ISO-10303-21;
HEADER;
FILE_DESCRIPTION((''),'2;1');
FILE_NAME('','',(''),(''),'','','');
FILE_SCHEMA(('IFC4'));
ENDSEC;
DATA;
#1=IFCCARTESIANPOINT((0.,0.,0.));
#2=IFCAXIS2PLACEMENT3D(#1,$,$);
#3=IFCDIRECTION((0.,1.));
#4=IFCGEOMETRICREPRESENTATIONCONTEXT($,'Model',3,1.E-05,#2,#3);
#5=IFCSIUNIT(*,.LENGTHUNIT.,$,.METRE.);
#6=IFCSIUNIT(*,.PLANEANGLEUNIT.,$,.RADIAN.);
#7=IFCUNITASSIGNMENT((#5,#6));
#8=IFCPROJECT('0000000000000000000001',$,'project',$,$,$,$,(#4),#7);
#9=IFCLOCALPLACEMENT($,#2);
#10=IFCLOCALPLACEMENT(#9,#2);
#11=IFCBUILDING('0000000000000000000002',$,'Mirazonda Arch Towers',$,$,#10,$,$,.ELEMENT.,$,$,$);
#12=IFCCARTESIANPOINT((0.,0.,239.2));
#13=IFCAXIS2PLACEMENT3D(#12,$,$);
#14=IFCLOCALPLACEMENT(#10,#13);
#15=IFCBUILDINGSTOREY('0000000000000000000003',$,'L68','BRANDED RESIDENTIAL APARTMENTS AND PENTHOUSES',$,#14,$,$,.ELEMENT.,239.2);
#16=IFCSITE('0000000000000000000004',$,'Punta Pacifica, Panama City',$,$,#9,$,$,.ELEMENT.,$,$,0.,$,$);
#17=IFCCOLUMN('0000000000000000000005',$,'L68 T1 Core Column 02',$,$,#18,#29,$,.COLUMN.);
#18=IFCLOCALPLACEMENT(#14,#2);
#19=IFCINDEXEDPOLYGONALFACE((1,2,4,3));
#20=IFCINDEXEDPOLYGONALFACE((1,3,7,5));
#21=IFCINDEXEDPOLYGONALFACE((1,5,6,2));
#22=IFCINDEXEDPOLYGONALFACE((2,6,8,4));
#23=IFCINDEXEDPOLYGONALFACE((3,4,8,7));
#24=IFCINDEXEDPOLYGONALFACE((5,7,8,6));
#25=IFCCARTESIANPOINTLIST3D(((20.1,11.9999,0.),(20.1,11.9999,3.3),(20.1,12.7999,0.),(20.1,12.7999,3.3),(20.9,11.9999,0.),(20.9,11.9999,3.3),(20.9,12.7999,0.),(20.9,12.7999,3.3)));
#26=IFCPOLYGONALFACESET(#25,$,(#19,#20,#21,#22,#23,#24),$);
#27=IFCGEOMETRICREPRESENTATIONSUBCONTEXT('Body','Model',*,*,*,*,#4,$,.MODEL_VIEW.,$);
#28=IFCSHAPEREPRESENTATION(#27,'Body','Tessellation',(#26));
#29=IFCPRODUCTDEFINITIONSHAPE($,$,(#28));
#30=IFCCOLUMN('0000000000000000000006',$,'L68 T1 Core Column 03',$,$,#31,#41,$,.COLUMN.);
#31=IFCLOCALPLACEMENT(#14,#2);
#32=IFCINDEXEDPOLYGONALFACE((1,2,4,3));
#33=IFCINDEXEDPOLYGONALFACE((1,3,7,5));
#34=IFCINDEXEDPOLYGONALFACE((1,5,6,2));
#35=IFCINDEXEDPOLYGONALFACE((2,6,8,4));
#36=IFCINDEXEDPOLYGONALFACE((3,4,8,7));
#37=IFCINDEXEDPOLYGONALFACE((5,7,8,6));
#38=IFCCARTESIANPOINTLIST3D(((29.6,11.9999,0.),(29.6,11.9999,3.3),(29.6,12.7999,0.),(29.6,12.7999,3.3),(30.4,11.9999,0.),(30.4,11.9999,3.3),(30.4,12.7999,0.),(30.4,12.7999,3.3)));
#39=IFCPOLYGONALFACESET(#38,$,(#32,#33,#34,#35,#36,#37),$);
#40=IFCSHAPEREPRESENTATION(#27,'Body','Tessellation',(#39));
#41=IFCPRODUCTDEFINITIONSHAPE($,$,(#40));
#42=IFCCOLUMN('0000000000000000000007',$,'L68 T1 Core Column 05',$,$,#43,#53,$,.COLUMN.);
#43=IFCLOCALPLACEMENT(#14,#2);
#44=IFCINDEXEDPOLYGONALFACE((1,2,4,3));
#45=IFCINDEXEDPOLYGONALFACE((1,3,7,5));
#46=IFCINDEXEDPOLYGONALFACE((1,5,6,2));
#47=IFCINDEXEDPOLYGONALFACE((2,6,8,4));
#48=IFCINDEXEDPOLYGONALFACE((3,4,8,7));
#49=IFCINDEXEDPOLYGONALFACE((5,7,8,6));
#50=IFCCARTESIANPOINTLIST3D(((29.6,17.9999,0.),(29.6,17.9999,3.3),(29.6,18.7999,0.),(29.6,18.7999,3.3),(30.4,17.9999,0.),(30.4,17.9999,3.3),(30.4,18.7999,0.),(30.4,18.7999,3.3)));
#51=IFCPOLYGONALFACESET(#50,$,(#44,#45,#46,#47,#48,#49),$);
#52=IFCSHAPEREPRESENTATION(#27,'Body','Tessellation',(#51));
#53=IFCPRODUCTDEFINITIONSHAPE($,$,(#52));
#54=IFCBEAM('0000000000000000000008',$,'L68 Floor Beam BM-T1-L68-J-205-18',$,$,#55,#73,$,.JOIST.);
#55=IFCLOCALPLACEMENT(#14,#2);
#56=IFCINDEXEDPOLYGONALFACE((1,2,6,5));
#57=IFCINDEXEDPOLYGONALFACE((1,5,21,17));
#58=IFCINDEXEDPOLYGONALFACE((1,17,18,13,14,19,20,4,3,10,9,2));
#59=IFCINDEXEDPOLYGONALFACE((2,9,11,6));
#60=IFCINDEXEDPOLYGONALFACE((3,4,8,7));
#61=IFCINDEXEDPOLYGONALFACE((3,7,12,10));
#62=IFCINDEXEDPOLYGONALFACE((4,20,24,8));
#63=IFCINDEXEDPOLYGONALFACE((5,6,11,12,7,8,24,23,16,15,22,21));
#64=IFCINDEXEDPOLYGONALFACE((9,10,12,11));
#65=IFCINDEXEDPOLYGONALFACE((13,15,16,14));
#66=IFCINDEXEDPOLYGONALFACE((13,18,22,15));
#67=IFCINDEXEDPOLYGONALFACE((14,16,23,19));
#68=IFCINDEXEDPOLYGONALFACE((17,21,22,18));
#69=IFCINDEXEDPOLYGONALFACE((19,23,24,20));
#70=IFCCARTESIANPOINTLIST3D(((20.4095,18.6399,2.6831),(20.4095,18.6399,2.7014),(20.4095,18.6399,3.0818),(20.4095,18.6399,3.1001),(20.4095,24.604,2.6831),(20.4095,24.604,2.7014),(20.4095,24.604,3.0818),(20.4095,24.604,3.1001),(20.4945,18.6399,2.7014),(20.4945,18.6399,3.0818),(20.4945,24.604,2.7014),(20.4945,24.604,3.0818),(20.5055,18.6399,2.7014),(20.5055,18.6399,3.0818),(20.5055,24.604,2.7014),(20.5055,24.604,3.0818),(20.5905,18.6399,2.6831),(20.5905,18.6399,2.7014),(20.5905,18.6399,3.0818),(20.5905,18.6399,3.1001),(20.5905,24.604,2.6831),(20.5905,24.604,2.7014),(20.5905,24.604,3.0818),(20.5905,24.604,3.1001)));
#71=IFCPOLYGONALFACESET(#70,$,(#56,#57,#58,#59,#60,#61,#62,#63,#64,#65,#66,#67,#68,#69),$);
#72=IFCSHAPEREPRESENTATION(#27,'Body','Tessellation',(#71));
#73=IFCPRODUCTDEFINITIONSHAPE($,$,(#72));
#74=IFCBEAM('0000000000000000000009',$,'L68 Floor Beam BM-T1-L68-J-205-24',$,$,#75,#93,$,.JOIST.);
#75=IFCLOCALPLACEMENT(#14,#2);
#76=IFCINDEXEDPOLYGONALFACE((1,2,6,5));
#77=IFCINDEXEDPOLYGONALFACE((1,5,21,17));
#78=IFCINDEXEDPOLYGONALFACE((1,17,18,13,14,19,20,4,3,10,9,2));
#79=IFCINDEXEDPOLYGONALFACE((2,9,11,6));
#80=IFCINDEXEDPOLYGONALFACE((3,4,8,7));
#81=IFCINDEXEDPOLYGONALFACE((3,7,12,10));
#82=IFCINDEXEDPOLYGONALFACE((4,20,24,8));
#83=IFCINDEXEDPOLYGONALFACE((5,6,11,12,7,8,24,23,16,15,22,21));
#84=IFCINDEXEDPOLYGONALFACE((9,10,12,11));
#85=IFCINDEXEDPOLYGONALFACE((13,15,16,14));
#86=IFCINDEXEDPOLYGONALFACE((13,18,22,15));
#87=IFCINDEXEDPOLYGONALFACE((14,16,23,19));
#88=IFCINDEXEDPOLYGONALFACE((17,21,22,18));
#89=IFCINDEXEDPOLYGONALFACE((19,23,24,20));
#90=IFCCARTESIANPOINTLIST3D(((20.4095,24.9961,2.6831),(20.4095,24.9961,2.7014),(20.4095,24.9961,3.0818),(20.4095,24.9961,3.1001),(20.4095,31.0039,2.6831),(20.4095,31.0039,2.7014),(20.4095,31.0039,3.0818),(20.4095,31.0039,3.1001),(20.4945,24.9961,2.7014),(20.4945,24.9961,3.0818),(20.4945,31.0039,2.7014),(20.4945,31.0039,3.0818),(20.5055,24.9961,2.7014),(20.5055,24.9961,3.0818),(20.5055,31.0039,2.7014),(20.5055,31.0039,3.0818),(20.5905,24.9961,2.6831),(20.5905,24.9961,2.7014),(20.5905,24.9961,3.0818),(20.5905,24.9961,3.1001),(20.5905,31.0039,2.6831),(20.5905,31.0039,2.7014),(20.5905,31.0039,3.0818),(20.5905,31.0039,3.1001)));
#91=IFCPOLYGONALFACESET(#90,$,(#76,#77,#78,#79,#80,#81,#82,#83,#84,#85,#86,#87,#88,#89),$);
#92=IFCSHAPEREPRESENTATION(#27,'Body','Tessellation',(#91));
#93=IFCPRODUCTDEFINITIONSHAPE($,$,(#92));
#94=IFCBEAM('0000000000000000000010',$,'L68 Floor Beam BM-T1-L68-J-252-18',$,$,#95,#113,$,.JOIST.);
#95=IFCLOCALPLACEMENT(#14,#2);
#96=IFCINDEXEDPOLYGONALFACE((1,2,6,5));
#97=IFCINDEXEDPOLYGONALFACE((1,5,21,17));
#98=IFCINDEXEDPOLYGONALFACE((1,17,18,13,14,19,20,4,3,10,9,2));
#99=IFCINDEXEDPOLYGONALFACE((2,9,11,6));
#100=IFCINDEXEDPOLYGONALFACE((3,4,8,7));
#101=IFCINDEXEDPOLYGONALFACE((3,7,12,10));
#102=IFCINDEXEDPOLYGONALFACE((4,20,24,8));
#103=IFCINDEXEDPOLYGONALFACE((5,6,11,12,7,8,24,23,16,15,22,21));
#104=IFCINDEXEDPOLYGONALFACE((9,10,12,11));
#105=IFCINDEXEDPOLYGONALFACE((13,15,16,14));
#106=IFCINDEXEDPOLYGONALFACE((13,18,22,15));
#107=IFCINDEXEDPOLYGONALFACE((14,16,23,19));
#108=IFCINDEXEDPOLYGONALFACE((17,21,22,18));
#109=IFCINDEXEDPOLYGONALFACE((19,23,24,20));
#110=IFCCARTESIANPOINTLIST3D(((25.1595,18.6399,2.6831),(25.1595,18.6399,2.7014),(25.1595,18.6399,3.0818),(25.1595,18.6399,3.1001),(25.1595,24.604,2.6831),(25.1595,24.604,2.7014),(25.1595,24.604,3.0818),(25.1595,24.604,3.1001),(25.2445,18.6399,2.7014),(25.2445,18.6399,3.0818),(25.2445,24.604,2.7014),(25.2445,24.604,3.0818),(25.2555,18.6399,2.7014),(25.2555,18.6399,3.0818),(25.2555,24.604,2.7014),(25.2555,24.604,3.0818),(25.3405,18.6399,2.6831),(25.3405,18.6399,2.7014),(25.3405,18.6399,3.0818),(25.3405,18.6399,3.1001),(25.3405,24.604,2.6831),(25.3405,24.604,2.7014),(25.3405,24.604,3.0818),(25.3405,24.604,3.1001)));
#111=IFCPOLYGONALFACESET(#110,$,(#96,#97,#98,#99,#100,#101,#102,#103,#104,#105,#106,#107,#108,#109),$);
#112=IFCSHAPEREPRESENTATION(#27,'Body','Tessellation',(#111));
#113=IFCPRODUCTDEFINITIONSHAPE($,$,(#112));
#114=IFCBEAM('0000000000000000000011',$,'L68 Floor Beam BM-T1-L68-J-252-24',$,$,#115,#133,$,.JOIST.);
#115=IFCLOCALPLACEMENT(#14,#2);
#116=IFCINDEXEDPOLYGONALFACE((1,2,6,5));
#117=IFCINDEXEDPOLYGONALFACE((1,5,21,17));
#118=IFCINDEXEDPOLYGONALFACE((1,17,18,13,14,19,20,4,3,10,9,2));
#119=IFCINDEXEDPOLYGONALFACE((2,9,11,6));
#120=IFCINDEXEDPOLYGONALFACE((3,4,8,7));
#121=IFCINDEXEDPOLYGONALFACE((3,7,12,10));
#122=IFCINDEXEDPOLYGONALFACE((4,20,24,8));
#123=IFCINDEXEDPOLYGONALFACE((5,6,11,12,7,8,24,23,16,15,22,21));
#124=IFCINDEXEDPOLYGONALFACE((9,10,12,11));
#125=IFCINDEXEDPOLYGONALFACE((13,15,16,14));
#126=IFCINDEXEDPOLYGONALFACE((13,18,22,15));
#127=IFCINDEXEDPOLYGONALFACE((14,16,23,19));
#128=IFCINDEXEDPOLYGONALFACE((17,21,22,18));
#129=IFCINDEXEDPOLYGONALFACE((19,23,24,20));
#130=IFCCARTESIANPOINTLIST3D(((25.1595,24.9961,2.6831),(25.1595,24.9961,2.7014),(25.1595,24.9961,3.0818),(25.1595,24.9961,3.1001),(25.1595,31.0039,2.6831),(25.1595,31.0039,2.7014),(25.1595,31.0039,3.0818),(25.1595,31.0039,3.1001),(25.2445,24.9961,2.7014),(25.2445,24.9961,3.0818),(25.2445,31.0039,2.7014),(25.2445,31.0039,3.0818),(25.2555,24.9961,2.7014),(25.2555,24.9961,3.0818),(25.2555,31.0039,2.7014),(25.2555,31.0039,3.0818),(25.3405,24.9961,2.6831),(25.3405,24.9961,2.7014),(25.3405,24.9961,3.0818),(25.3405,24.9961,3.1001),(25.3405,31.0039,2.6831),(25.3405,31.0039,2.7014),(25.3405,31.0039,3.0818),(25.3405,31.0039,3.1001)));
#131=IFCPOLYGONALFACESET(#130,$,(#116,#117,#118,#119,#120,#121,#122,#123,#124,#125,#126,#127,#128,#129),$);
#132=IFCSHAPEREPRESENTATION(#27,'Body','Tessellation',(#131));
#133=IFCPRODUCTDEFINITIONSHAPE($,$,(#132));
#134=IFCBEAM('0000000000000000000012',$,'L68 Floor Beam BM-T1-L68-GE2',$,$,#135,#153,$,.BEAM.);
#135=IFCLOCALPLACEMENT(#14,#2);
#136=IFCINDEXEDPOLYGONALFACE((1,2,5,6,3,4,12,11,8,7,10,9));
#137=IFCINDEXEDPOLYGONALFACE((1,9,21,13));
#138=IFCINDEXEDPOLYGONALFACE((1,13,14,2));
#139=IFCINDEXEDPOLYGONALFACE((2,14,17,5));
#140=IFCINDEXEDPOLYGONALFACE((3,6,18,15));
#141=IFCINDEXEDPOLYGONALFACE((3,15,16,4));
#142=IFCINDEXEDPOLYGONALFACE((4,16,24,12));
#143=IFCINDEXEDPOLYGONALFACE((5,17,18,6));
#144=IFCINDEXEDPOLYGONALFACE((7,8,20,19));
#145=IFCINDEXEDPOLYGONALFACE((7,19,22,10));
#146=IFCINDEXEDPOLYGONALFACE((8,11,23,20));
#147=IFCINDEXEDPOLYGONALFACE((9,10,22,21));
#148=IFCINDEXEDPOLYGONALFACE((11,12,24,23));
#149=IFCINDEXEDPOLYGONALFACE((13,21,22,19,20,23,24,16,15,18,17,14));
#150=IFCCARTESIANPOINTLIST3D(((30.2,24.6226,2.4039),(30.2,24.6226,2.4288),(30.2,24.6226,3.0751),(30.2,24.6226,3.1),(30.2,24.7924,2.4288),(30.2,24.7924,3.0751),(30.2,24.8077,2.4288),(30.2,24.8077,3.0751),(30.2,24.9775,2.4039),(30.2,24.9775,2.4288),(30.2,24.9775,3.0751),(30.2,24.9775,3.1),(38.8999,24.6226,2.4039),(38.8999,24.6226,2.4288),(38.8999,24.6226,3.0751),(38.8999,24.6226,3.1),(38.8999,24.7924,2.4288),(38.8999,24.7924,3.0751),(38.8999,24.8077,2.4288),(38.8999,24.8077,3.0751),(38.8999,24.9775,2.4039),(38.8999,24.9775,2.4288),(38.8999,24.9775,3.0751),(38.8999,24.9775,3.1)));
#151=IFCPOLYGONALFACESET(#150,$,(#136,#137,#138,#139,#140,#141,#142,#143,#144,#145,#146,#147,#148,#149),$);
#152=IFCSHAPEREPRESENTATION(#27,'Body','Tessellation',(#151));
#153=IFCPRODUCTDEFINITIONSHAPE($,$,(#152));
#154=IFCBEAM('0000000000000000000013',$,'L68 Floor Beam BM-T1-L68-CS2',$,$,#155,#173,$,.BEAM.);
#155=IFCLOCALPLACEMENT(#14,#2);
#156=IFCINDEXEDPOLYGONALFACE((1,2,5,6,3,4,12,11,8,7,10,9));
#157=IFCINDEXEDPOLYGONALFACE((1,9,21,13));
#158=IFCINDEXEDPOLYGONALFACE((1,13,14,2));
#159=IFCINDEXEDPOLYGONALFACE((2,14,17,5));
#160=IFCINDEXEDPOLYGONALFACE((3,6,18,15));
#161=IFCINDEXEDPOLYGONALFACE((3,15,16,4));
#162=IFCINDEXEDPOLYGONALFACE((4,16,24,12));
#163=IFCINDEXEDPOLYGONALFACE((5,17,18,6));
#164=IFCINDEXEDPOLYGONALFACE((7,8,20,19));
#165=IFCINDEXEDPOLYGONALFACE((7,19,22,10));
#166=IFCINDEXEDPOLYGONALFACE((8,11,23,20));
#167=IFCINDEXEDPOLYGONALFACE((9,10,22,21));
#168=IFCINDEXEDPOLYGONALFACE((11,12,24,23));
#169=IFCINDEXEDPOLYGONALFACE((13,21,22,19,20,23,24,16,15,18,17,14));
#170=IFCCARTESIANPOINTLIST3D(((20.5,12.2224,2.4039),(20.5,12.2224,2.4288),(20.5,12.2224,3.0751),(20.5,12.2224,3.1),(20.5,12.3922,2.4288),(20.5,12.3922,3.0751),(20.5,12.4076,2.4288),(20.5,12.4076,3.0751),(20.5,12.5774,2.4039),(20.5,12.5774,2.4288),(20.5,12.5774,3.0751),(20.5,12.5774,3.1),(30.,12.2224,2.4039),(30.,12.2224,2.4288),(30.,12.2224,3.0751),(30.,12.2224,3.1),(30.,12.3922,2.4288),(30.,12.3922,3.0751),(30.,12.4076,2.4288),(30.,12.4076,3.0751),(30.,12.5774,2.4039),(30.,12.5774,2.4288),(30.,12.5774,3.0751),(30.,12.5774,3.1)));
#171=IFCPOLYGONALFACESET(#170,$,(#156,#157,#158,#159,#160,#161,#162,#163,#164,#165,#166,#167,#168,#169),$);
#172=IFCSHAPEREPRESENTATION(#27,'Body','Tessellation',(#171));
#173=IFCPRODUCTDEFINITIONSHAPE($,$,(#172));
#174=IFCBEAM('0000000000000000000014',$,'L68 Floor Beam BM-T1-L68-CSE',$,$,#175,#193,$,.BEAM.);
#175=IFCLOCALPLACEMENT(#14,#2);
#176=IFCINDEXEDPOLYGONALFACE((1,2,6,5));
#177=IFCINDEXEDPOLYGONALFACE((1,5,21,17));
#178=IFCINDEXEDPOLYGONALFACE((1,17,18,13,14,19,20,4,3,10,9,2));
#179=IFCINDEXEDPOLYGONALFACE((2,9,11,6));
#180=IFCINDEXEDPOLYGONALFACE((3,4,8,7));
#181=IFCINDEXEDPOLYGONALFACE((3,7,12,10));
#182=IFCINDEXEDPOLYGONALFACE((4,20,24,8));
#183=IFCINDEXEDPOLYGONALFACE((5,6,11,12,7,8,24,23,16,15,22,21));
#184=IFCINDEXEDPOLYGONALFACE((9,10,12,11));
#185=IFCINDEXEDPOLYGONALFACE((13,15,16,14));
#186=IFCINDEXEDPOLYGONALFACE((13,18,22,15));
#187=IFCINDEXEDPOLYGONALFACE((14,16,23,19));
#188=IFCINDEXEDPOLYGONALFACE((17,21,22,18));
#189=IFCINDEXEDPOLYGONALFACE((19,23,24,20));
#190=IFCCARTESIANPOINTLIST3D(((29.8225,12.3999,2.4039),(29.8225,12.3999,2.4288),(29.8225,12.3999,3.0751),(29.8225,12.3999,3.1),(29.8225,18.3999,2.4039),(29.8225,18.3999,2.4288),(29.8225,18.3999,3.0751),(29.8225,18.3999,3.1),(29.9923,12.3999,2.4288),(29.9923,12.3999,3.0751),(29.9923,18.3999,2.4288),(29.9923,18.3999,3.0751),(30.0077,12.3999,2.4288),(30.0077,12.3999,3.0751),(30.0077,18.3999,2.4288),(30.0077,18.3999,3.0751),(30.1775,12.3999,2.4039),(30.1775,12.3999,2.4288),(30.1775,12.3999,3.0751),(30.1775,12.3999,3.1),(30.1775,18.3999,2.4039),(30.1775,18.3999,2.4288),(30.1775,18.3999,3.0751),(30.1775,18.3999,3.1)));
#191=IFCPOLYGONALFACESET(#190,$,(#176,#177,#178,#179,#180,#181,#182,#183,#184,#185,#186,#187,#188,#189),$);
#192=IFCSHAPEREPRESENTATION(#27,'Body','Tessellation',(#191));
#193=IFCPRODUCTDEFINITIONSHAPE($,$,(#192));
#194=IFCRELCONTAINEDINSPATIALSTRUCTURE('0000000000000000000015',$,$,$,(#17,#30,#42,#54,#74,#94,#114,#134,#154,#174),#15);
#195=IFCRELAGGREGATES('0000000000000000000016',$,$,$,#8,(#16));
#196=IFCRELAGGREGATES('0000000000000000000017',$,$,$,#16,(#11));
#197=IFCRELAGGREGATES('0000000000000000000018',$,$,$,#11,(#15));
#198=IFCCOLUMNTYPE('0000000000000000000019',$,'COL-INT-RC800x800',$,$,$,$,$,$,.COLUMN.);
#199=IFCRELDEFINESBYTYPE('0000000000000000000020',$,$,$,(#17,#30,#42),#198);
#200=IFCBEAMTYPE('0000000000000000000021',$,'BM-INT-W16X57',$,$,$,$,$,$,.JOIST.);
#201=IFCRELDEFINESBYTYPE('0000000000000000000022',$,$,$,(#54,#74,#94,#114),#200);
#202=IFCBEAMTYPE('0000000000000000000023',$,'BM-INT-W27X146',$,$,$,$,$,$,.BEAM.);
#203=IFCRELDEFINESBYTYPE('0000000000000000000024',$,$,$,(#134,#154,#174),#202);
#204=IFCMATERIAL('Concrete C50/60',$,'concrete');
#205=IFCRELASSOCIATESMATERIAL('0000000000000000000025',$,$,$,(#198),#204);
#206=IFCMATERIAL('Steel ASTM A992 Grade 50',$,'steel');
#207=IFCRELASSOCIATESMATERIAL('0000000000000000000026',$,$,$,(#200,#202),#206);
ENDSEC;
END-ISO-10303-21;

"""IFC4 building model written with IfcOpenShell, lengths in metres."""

from ifc_helpers import new_model, si_unit, direction, frame, origin, origin_2d, place, context, subcontext, project, spatial, rectangle, i_section, extrude, material, material_profile, profile_set, type_object, element, save


model = new_model("IFC4")

# Units and contexts
model_context = context("Model", 3, precision=1e-05, world=origin(), true_north=direction((0.0, 1.0)))
body_context = subcontext(model_context, "Body", "Model", "MODEL_VIEW")
ifc_project = project(units=[si_unit("LENGTHUNIT", "METRE"), si_unit("PLANEANGLEUNIT", "RADIAN")], contexts=[model_context])

# Site, building, storey
site_placement = place(None, origin())
site = spatial("IfcSite", under=ifc_project, at=site_placement, Name="Punta Pacifica, Panama City", CompositionType="ELEMENT", RefElevation=0.0)
building_placement = place(site_placement, origin())
building = spatial("IfcBuilding", under=site, at=building_placement, Name="Mirazonda Arch Towers", CompositionType="ELEMENT")
storey_placement = place(building_placement, frame((0.0, 0.0, 239.2)))
storey = spatial("IfcBuildingStorey", under=building, at=storey_placement, Name="L68", Description="BRANDED RESIDENTIAL APARTMENTS AND PENTHOUSES", CompositionType="ELEMENT", Elevation=239.2)

# Columns
ifc_material_1 = material(Name="Concrete C50/60", Category="concrete")
ifc_material_profile_1 = material_profile(ifc_material_1, rectangle(XDim=0.8, YDim=0.8, at=origin_2d()), Name="RC800x800")
ifc_profile_set_1 = profile_set([ifc_material_profile_1], Name="Concrete C50/60")
column_type = type_object("IfcColumnType", Name="COL-INT-RC800x800", PredefinedType="COLUMN", material=ifc_profile_set_1)
for number, where, z_axis, x_axis, name in (
    (1, (20.5, 12.3999, 0.0), (0.0, 0.0, 1.0), (1.0, 0.0, 0.0), "L68 T1 Core Column 02"),
    (2, (30.0, 12.3999, 0.0), (0.0, 0.0, 1.0), (1.0, 0.0, 0.0), "L68 T1 Core Column 03"),
    (3, (30.0, 18.3999, 0.0), (0.0, 0.0, 1.0), (1.0, 0.0, 0.0), "L68 T1 Core Column 05"),
):
    element("IfcColumn", number, at=place(storey_placement, frame(where, z_axis=z_axis, x_axis=x_axis)), inside=storey, type_object=column_type, Name=name, PredefinedType="COLUMN", context=body_context, shape_type="SweptSolid", body=[
        extrude(rectangle(XDim=0.8, YDim=0.8, at=origin_2d()), origin(), (0.0, 0.0, 1.0), 3.3),
    ])

# Beams
ifc_material_2 = material(Name="Steel ASTM A992 Grade 50", Category="steel")
ifc_material_profile_2 = material_profile(ifc_material_2, i_section(OverallWidth=0.1809, OverallDepth=0.417, WebThickness=0.011, FlangeThickness=0.0183, at=origin_2d()), Name="W16X57")
ifc_profile_set_2 = profile_set([ifc_material_profile_2], Name="Steel ASTM A992 Grade 50")
beam_type_1 = type_object("IfcBeamType", Name="BM-INT-W16X57", PredefinedType="JOIST", material=ifc_profile_set_2)
beam_1_placement = place(storey_placement, frame((20.5, 18.6399, 2.8916), z_axis=(0.0, 1.0, 0.0), x_axis=(-1.0, 0.0, 0.0)))
element("IfcBeam", 4, at=beam_1_placement, inside=storey, type_object=beam_type_1, Name="L68 Floor Beam BM-T1-L68-J-205-18", PredefinedType="JOIST", context=body_context, shape_type="SweptSolid", body=[
    extrude(i_section(OverallWidth=0.1809, OverallDepth=0.417, WebThickness=0.011, FlangeThickness=0.0183, at=origin_2d()), origin(), (0.0, 0.0, 1.0), 5.9641),
])
beam_2_placement = place(storey_placement, frame((20.5, 24.9961, 2.8916), z_axis=(0.0, 1.0, 0.0), x_axis=(-1.0, 0.0, 0.0)))
element("IfcBeam", 5, at=beam_2_placement, inside=storey, type_object=beam_type_1, Name="L68 Floor Beam BM-T1-L68-J-205-24", PredefinedType="JOIST", context=body_context, shape_type="SweptSolid", body=[
    extrude(i_section(OverallWidth=0.1809, OverallDepth=0.417, WebThickness=0.011, FlangeThickness=0.0183, at=origin_2d()), origin(), (0.0, 0.0, 1.0), 6.0078),
])
beam_3_placement = place(storey_placement, frame((25.25, 18.6399, 2.8916), z_axis=(0.0, 1.0, 0.0), x_axis=(-1.0, 0.0, 0.0)))
element("IfcBeam", 6, at=beam_3_placement, inside=storey, type_object=beam_type_1, Name="L68 Floor Beam BM-T1-L68-J-252-18", PredefinedType="JOIST", context=body_context, shape_type="SweptSolid", body=[
    extrude(i_section(OverallWidth=0.1809, OverallDepth=0.417, WebThickness=0.011, FlangeThickness=0.0183, at=origin_2d()), origin(), (0.0, 0.0, 1.0), 5.9641),
])
beam_4_placement = place(storey_placement, frame((25.25, 24.9961, 2.8916), z_axis=(0.0, 1.0, 0.0), x_axis=(-1.0, 0.0, 0.0)))
element("IfcBeam", 7, at=beam_4_placement, inside=storey, type_object=beam_type_1, Name="L68 Floor Beam BM-T1-L68-J-252-24", PredefinedType="JOIST", context=body_context, shape_type="SweptSolid", body=[
    extrude(i_section(OverallWidth=0.1809, OverallDepth=0.417, WebThickness=0.011, FlangeThickness=0.0183, at=origin_2d()), origin(), (0.0, 0.0, 1.0), 6.0078),
])
ifc_material_profile_3 = material_profile(ifc_material_2, i_section(OverallWidth=0.355, OverallDepth=0.696, WebThickness=0.0154, FlangeThickness=0.0249, at=origin_2d()), Name="W27X146")
ifc_profile_set_3 = profile_set([ifc_material_profile_3], Name="Steel ASTM A992 Grade 50")
beam_type_2 = type_object("IfcBeamType", Name="BM-INT-W27X146", PredefinedType="BEAM", material=ifc_profile_set_3)
beam_5_placement = place(storey_placement, frame((30.2, 24.8, 2.752), z_axis=(1.0, 0.0, 0.0), x_axis=(0.0, 1.0, 0.0)))
element("IfcBeam", 8, at=beam_5_placement, inside=storey, type_object=beam_type_2, Name="L68 Floor Beam BM-T1-L68-GE2", PredefinedType="BEAM", context=body_context, shape_type="SweptSolid", body=[
    extrude(i_section(OverallWidth=0.355, OverallDepth=0.696, WebThickness=0.0154, FlangeThickness=0.0249, at=origin_2d()), origin(), (0.0, 0.0, 1.0), 8.7),
])
beam_6_placement = place(storey_placement, frame((20.5, 12.3999, 2.752), z_axis=(1.0, 0.0, 0.0), x_axis=(0.0, 1.0, 0.0)))
element("IfcBeam", 9, at=beam_6_placement, inside=storey, type_object=beam_type_2, Name="L68 Floor Beam BM-T1-L68-CS2", PredefinedType="BEAM", context=body_context, shape_type="SweptSolid", body=[
    extrude(i_section(OverallWidth=0.355, OverallDepth=0.696, WebThickness=0.0154, FlangeThickness=0.0249, at=origin_2d()), origin(), (0.0, 0.0, 1.0), 9.5),
])
beam_7_placement = place(storey_placement, frame((30.0, 12.3999, 2.752), z_axis=(0.0, 1.0, 0.0), x_axis=(-1.0, 0.0, 0.0)))
element("IfcBeam", 10, at=beam_7_placement, inside=storey, type_object=beam_type_2, Name="L68 Floor Beam BM-T1-L68-CSE", PredefinedType="BEAM", context=body_context, shape_type="SweptSolid", body=[
    extrude(i_section(OverallWidth=0.355, OverallDepth=0.696, WebThickness=0.0154, FlangeThickness=0.0249, at=origin_2d()), origin(), (0.0, 0.0, 1.0), 6.0),
])

save(model, "model.ifc")
